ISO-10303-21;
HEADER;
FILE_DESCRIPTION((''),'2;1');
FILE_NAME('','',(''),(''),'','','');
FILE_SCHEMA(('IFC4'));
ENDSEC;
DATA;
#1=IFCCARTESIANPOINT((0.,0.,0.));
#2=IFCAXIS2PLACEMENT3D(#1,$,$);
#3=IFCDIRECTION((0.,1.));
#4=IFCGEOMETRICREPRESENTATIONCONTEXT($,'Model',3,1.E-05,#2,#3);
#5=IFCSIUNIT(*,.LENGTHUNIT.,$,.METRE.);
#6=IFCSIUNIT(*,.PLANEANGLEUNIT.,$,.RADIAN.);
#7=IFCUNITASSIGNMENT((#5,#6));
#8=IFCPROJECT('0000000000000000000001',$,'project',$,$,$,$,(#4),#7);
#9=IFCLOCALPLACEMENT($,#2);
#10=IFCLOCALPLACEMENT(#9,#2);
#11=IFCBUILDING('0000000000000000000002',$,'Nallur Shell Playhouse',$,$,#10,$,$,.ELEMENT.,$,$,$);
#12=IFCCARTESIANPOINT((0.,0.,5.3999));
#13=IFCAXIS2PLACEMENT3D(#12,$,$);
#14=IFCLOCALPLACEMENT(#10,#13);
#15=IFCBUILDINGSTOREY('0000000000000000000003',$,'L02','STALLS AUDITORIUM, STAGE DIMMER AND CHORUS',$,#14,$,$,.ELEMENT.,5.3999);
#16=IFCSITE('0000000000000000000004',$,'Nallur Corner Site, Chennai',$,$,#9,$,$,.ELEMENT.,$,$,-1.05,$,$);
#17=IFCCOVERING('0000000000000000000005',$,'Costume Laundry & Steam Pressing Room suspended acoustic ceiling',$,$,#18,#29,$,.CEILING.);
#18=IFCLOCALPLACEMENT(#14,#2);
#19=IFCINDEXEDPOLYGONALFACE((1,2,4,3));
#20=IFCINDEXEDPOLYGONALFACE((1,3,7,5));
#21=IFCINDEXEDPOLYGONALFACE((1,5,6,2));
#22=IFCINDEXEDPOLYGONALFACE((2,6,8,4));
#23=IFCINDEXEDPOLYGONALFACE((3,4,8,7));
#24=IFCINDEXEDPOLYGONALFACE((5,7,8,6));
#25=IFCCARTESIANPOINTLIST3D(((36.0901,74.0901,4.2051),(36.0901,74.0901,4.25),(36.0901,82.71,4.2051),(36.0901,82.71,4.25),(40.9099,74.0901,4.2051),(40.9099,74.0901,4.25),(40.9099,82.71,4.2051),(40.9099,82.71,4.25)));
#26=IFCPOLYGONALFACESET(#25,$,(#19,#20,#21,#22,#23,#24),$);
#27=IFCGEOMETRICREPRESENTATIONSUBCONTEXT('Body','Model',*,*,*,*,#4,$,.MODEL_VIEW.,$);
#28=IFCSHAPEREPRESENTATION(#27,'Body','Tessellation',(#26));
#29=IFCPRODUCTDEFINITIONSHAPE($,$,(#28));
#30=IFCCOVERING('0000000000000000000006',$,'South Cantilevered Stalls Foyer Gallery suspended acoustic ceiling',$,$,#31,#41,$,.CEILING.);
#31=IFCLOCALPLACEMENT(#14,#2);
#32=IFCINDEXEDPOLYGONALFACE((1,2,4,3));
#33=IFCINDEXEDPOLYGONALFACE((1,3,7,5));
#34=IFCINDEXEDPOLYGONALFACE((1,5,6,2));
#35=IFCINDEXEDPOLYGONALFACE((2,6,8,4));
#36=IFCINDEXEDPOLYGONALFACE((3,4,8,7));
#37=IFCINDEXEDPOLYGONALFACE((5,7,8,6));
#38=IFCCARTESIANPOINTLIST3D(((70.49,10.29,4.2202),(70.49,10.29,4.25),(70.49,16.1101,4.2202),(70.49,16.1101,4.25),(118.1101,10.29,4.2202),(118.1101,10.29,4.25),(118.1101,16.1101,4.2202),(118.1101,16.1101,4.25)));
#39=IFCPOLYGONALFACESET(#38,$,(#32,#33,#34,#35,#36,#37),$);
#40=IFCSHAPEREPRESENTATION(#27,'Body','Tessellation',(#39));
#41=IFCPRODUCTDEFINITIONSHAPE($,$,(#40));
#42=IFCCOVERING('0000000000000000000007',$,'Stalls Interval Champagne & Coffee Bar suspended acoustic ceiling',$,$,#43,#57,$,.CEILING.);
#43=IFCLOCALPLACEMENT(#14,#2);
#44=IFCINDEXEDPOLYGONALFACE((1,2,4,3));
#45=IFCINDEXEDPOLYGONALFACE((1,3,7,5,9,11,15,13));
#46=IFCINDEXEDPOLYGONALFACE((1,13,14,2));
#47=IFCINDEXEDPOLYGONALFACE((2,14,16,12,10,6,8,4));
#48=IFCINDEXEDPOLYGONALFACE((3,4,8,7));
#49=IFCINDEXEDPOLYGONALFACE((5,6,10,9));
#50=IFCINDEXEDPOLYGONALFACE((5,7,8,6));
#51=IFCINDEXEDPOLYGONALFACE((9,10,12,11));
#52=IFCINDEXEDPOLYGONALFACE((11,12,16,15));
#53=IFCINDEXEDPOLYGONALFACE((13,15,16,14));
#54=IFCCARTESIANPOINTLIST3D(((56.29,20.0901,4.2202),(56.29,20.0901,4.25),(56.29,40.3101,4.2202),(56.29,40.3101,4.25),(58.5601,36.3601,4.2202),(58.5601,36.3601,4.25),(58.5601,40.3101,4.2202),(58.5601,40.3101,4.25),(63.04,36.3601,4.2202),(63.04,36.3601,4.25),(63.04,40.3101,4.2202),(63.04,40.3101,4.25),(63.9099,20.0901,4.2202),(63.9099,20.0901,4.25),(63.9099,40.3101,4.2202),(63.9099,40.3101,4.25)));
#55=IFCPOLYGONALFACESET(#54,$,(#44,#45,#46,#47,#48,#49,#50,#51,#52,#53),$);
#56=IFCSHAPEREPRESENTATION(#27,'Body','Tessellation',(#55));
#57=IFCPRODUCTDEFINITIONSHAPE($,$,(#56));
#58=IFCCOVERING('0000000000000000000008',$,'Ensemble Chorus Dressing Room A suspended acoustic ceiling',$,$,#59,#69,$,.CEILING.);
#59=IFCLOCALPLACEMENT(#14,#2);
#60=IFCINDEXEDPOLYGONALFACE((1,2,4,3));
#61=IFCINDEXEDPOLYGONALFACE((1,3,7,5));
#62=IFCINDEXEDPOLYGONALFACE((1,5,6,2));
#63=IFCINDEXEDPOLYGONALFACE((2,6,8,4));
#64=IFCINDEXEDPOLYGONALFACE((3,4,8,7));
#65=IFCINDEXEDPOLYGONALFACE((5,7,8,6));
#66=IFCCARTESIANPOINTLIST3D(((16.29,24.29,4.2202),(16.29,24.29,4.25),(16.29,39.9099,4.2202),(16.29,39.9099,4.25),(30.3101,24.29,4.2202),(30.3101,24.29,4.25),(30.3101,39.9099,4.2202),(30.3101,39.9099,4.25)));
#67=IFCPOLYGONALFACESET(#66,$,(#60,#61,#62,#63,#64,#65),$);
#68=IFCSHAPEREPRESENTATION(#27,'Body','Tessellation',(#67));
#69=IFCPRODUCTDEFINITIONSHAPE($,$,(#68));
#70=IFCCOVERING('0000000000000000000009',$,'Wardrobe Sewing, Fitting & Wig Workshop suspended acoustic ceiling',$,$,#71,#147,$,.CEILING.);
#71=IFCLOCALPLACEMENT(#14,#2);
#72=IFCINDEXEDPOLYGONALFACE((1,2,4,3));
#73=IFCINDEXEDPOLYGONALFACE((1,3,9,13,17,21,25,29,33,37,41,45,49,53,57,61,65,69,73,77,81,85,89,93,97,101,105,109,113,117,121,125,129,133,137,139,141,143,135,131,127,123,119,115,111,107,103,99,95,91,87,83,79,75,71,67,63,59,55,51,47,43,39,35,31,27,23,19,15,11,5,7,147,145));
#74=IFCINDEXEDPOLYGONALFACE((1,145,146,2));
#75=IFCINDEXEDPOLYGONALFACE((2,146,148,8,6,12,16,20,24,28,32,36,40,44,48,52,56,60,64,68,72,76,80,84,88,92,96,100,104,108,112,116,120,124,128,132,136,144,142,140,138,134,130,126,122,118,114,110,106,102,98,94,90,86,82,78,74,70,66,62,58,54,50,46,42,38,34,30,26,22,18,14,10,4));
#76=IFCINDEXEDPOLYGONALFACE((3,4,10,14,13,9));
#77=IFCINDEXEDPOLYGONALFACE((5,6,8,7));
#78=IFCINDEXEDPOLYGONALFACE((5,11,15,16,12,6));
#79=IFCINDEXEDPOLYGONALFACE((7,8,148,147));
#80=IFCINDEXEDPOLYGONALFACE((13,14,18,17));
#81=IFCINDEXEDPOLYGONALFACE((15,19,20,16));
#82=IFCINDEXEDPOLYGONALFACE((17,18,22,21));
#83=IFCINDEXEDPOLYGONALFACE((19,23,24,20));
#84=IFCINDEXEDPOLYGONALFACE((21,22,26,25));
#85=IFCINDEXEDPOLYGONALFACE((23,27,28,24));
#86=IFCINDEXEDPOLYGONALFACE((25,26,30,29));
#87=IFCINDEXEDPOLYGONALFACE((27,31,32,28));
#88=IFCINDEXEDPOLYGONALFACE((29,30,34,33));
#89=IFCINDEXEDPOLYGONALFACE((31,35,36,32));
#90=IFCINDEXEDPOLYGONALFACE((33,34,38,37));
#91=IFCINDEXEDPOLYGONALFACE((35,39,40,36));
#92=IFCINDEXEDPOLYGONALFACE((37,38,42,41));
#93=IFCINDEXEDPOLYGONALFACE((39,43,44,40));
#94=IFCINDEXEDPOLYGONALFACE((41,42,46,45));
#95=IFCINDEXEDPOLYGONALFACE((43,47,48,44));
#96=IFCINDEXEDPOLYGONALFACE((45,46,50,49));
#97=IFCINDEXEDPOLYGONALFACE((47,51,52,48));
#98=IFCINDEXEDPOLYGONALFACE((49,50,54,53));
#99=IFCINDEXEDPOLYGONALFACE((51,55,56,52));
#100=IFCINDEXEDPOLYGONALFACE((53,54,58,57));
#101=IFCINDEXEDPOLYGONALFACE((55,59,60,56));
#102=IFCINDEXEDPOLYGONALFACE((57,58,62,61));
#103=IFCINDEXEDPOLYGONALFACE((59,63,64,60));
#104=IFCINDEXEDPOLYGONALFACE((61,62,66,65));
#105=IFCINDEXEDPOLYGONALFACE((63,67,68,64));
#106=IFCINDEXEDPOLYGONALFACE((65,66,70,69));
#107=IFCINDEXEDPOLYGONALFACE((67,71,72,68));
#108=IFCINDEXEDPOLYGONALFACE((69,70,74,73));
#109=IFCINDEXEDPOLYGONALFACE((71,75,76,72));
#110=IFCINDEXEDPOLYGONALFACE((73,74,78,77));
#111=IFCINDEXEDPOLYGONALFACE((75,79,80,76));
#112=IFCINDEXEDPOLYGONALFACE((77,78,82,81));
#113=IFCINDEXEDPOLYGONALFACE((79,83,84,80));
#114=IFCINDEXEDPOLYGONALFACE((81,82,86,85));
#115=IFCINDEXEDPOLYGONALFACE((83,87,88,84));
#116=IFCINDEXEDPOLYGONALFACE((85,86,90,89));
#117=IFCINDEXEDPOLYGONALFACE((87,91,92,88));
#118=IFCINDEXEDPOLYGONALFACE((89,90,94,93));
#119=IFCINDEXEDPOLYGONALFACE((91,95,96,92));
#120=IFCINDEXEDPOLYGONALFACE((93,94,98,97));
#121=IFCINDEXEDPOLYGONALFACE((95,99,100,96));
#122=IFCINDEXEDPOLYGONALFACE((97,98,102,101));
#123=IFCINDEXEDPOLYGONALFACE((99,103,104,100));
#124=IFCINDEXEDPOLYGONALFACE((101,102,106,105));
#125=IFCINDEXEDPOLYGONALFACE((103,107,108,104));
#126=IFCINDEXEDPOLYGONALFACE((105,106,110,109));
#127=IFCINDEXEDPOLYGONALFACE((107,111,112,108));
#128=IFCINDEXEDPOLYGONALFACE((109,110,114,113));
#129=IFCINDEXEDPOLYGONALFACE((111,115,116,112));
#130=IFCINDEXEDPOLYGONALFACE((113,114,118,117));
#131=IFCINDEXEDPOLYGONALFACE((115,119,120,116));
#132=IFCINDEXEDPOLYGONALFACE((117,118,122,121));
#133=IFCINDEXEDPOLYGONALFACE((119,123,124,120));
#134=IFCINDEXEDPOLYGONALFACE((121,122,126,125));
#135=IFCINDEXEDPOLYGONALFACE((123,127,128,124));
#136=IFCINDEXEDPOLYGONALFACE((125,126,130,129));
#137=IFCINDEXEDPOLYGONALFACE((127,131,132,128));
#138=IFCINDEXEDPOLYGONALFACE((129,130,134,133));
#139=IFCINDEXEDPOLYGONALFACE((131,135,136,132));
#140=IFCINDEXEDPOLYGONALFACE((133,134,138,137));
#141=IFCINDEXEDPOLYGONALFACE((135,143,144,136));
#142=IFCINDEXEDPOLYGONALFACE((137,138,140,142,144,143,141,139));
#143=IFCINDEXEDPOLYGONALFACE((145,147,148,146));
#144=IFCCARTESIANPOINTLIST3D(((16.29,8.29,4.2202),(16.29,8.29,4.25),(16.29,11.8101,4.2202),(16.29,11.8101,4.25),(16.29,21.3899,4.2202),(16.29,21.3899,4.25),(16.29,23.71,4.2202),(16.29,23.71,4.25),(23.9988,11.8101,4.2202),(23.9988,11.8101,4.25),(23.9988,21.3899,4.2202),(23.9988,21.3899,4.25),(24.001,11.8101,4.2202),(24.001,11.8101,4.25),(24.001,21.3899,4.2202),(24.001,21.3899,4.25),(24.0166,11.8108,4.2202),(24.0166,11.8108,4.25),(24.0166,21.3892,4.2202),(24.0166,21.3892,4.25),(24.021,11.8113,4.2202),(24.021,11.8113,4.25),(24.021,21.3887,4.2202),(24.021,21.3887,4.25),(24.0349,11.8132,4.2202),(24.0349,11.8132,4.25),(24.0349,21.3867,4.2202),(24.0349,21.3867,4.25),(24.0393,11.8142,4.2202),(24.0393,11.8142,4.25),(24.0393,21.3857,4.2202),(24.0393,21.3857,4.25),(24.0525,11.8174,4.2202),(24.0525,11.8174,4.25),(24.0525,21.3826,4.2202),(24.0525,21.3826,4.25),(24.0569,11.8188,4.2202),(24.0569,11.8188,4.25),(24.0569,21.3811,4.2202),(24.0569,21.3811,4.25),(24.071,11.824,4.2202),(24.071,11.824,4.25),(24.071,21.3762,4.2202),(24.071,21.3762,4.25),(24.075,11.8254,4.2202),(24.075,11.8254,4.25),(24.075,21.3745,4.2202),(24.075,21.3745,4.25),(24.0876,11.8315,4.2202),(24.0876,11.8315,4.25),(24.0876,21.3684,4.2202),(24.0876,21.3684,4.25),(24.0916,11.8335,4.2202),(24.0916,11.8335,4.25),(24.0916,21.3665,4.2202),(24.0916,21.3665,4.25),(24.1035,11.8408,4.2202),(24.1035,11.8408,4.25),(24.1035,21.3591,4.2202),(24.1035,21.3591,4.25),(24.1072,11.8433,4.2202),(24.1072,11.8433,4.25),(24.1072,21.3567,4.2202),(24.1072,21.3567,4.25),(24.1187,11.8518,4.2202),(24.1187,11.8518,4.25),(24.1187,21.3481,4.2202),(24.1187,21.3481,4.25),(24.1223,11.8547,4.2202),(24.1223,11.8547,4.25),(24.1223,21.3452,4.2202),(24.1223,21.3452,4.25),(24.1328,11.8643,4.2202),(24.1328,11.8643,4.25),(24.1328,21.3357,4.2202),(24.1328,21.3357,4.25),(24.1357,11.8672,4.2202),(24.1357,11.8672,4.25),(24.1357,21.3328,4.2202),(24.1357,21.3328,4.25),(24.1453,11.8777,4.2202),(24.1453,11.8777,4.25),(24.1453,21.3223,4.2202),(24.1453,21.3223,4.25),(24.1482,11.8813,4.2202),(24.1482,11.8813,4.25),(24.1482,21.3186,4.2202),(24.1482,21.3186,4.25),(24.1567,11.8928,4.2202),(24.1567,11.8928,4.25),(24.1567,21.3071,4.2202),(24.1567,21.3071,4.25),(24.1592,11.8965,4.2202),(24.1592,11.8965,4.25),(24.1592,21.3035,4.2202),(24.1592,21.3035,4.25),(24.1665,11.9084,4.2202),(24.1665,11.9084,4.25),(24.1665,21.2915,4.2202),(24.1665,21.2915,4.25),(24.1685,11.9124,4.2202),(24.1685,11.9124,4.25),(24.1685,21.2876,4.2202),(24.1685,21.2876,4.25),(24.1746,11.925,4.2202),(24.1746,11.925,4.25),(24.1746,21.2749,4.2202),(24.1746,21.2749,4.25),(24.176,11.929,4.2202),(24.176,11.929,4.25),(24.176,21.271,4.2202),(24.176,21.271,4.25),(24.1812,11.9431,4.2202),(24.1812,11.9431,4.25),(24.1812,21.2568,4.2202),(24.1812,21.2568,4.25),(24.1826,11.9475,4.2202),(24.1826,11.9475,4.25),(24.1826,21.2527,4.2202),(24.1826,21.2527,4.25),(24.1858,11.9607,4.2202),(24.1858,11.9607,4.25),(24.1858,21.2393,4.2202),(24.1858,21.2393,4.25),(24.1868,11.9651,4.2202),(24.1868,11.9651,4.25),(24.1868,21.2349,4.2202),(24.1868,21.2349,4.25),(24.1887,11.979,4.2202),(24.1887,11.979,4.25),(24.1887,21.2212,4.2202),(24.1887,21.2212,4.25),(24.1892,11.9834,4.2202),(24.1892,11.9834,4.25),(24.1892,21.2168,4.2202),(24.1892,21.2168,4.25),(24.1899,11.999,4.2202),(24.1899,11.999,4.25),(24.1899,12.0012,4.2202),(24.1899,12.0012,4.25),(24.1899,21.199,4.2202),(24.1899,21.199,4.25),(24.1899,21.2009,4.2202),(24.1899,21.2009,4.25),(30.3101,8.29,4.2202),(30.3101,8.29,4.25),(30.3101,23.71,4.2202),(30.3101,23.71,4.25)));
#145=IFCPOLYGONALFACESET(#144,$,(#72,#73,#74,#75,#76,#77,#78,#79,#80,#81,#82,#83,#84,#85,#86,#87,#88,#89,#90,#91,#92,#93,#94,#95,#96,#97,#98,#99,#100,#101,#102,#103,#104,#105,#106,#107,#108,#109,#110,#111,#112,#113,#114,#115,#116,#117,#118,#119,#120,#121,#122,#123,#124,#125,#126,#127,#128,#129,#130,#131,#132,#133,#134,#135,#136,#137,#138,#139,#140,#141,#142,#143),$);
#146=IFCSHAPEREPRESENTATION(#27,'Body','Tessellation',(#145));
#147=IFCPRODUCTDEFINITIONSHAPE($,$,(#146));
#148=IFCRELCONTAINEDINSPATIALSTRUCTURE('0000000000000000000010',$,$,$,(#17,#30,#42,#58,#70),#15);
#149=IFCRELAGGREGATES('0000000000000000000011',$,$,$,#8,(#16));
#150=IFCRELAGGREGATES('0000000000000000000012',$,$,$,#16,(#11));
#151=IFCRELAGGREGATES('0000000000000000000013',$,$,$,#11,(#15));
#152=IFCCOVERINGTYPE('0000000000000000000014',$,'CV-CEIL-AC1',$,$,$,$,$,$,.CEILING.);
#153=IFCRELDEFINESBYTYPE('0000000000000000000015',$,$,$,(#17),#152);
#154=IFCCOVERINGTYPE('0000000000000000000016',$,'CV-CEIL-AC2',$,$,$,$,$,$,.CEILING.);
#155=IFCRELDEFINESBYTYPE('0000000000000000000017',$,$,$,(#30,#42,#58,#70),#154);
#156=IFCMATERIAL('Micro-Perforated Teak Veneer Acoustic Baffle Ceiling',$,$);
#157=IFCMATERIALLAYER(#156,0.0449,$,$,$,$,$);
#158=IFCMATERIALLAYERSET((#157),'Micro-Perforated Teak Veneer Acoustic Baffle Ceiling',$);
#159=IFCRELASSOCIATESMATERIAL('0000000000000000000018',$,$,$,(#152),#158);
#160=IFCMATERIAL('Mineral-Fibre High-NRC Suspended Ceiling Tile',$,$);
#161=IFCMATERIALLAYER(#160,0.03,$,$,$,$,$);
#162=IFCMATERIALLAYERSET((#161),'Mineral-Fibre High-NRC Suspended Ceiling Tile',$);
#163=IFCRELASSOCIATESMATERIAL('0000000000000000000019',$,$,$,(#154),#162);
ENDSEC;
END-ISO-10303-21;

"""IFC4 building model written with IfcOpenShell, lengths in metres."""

from ifc_helpers import new_model, si_unit, direction, frame, origin, place, context, subcontext, project, spatial, polyline, outline, extrude, material, layer, layer_set, type_object, element, save


model = new_model("IFC4")

# Units and contexts
model_context = context("Model", 3, precision=1e-05, world=origin(), true_north=direction((0.0, 1.0)))
body_context = subcontext(model_context, "Body", "Model", "MODEL_VIEW")
ifc_project = project(units=[si_unit("LENGTHUNIT", "METRE"), si_unit("PLANEANGLEUNIT", "RADIAN")], contexts=[model_context])

# Site, building, storey
site_placement = place(None, origin())
site = spatial("IfcSite", under=ifc_project, at=site_placement, Name="Nallur Corner Site, Chennai", CompositionType="ELEMENT", RefElevation=-1.05)
building_placement = place(site_placement, origin())
building = spatial("IfcBuilding", under=site, at=building_placement, Name="Nallur Shell Playhouse", CompositionType="ELEMENT")
storey_placement = place(building_placement, frame((0.0, 0.0, 5.3999)))
storey = spatial("IfcBuildingStorey", under=building, at=storey_placement, Name="L02", Description="STALLS AUDITORIUM, STAGE DIMMER AND CHORUS", CompositionType="ELEMENT", Elevation=5.3999)

# Coverings
ifc_material_1 = material(Name="Micro-Perforated Teak Veneer Acoustic Baffle Ceiling")
ifc_layer_1 = layer(ifc_material_1, 0.0449)
ifc_layer_set_1 = layer_set([ifc_layer_1], Name="Micro-Perforated Teak Veneer Acoustic Baffle Ceiling")
covering_type_1 = type_object("IfcCoveringType", Name="CV-CEIL-AC1", PredefinedType="CEILING", material=ifc_layer_set_1)
covering_1_placement = place(storey_placement, frame((0.0, 0.0, 4.2051)))
element("IfcCovering", 1, at=covering_1_placement, inside=storey, type_object=covering_type_1, Name="Costume Laundry & Steam Pressing Room suspended acoustic ceiling", PredefinedType="CEILING", context=body_context, shape_type="SweptSolid", body=[
    extrude(outline(polyline([(40.9099, 82.71), (40.9099, 74.0901), (36.0901, 74.0901), (36.0901, 82.71), (40.9099, 82.71)])), origin(), (0.0, 0.0, 1.0), 0.0449),
])
ifc_material_2 = material(Name="Mineral-Fibre High-NRC Suspended Ceiling Tile")
ifc_layer_2 = layer(ifc_material_2, 0.03)
ifc_layer_set_2 = layer_set([ifc_layer_2], Name="Mineral-Fibre High-NRC Suspended Ceiling Tile")
covering_type_2 = type_object("IfcCoveringType", Name="CV-CEIL-AC2", PredefinedType="CEILING", material=ifc_layer_set_2)
covering_2_placement = place(storey_placement, frame((0.0, 0.0, 4.2202)))
element("IfcCovering", 2, at=covering_2_placement, inside=storey, type_object=covering_type_2, Name="South Cantilevered Stalls Foyer Gallery suspended acoustic ceiling", PredefinedType="CEILING", context=body_context, shape_type="SweptSolid", body=[
    extrude(outline(polyline([(118.1101, 16.1101), (118.1101, 10.29), (70.49, 10.29), (70.49, 16.1101), (118.1101, 16.1101)])), origin(), (0.0, 0.0, 1.0), 0.0298),
])
covering_3_placement = place(storey_placement, frame((0.0, 0.0, 4.2202)))
element("IfcCovering", 3, at=covering_3_placement, inside=storey, type_object=covering_type_2, Name="Stalls Interval Champagne & Coffee Bar suspended acoustic ceiling", PredefinedType="CEILING", context=body_context, shape_type="SweptSolid", body=[
    extrude(outline(polyline([(58.5601, 40.3101), (58.5601, 36.3601), (63.04, 36.3601), (63.04, 40.3101), (63.9099, 40.3101), (63.9099, 20.0901), (56.29, 20.0901), (56.29, 40.3101), (58.5601, 40.3101)])), origin(), (0.0, 0.0, 1.0), 0.0298),
])
covering_4_placement = place(storey_placement, frame((0.0, 0.0, 4.2202)))
element("IfcCovering", 4, at=covering_4_placement, inside=storey, type_object=covering_type_2, Name="Ensemble Chorus Dressing Room A suspended acoustic ceiling", PredefinedType="CEILING", context=body_context, shape_type="SweptSolid", body=[
    extrude(outline(polyline([(30.3101, 39.9099), (30.3101, 24.29), (16.29, 24.29), (16.29, 39.9099), (30.3101, 39.9099)])), origin(), (0.0, 0.0, 1.0), 0.0298),
])
covering_5_placement = place(storey_placement, frame((0.0, 0.0, 4.2202)))
element("IfcCovering", 5, at=covering_5_placement, inside=storey, type_object=covering_type_2, Name="Wardrobe Sewing, Fitting & Wig Workshop suspended acoustic ceiling", PredefinedType="CEILING", context=body_context, shape_type="SweptSolid", body=[
    extrude(outline(polyline([(24.0393, 11.8142), (24.0525, 11.8174), (24.0569, 11.8188), (24.071, 11.824), (24.075, 11.8254), (24.0876, 11.8315), (24.0916, 11.8335), (24.1035, 11.8408), (24.1072, 11.8433), (24.1187, 11.8518), (24.1223, 11.8547), (24.1328, 11.8643), (24.1357, 11.8672), (24.1453, 11.8777), (24.1482, 11.8813), (24.1567, 11.8928), (24.1592, 11.8965), (24.1665, 11.9084), (24.1685, 11.9124), (24.1746, 11.925), (24.176, 11.929), (24.1812, 11.9431), (24.1826, 11.9475), (24.1858, 11.9607), (24.1868, 11.9651), (24.1887, 11.979), (24.1892, 11.9834), (24.1899, 11.999), (24.1899, 12.0012), (24.1899, 21.199), (24.1899, 21.2009), (24.1892, 21.2168), (24.1887, 21.2212), (24.1868, 21.2349), (24.1858, 21.2393), (24.1826, 21.2527), (24.1812, 21.2568), (24.176, 21.271), (24.1746, 21.2749), (24.1685, 21.2876), (24.1665, 21.2915), (24.1592, 21.3035), (24.1567, 21.3071), (24.1482, 21.3186), (24.1453, 21.3223), (24.1357, 21.3328), (24.1328, 21.3357), (24.1223, 21.3452), (24.1187, 21.3481), (24.1072, 21.3567), (24.1035, 21.3591), (24.0916, 21.3665), (24.0876, 21.3684), (24.075, 21.3745), (24.071, 21.3762), (24.0569, 21.3811), (24.0525, 21.3826), (24.0393, 21.3857), (24.0349, 21.3867), (24.021, 21.3887), (24.0166, 21.3892), (24.001, 21.3899), (23.9988, 21.3899), (16.29, 21.3899), (16.29, 23.71), (30.3101, 23.71), (30.3101, 8.29), (16.29, 8.29), (16.29, 11.8101), (23.9988, 11.8101), (24.001, 11.8101), (24.0166, 11.8108), (24.021, 11.8113), (24.0349, 11.8132), (24.0393, 11.8142)])), origin(), (0.0, 0.0, 1.0), 0.0298),
])

save(model, "model.ifc")
